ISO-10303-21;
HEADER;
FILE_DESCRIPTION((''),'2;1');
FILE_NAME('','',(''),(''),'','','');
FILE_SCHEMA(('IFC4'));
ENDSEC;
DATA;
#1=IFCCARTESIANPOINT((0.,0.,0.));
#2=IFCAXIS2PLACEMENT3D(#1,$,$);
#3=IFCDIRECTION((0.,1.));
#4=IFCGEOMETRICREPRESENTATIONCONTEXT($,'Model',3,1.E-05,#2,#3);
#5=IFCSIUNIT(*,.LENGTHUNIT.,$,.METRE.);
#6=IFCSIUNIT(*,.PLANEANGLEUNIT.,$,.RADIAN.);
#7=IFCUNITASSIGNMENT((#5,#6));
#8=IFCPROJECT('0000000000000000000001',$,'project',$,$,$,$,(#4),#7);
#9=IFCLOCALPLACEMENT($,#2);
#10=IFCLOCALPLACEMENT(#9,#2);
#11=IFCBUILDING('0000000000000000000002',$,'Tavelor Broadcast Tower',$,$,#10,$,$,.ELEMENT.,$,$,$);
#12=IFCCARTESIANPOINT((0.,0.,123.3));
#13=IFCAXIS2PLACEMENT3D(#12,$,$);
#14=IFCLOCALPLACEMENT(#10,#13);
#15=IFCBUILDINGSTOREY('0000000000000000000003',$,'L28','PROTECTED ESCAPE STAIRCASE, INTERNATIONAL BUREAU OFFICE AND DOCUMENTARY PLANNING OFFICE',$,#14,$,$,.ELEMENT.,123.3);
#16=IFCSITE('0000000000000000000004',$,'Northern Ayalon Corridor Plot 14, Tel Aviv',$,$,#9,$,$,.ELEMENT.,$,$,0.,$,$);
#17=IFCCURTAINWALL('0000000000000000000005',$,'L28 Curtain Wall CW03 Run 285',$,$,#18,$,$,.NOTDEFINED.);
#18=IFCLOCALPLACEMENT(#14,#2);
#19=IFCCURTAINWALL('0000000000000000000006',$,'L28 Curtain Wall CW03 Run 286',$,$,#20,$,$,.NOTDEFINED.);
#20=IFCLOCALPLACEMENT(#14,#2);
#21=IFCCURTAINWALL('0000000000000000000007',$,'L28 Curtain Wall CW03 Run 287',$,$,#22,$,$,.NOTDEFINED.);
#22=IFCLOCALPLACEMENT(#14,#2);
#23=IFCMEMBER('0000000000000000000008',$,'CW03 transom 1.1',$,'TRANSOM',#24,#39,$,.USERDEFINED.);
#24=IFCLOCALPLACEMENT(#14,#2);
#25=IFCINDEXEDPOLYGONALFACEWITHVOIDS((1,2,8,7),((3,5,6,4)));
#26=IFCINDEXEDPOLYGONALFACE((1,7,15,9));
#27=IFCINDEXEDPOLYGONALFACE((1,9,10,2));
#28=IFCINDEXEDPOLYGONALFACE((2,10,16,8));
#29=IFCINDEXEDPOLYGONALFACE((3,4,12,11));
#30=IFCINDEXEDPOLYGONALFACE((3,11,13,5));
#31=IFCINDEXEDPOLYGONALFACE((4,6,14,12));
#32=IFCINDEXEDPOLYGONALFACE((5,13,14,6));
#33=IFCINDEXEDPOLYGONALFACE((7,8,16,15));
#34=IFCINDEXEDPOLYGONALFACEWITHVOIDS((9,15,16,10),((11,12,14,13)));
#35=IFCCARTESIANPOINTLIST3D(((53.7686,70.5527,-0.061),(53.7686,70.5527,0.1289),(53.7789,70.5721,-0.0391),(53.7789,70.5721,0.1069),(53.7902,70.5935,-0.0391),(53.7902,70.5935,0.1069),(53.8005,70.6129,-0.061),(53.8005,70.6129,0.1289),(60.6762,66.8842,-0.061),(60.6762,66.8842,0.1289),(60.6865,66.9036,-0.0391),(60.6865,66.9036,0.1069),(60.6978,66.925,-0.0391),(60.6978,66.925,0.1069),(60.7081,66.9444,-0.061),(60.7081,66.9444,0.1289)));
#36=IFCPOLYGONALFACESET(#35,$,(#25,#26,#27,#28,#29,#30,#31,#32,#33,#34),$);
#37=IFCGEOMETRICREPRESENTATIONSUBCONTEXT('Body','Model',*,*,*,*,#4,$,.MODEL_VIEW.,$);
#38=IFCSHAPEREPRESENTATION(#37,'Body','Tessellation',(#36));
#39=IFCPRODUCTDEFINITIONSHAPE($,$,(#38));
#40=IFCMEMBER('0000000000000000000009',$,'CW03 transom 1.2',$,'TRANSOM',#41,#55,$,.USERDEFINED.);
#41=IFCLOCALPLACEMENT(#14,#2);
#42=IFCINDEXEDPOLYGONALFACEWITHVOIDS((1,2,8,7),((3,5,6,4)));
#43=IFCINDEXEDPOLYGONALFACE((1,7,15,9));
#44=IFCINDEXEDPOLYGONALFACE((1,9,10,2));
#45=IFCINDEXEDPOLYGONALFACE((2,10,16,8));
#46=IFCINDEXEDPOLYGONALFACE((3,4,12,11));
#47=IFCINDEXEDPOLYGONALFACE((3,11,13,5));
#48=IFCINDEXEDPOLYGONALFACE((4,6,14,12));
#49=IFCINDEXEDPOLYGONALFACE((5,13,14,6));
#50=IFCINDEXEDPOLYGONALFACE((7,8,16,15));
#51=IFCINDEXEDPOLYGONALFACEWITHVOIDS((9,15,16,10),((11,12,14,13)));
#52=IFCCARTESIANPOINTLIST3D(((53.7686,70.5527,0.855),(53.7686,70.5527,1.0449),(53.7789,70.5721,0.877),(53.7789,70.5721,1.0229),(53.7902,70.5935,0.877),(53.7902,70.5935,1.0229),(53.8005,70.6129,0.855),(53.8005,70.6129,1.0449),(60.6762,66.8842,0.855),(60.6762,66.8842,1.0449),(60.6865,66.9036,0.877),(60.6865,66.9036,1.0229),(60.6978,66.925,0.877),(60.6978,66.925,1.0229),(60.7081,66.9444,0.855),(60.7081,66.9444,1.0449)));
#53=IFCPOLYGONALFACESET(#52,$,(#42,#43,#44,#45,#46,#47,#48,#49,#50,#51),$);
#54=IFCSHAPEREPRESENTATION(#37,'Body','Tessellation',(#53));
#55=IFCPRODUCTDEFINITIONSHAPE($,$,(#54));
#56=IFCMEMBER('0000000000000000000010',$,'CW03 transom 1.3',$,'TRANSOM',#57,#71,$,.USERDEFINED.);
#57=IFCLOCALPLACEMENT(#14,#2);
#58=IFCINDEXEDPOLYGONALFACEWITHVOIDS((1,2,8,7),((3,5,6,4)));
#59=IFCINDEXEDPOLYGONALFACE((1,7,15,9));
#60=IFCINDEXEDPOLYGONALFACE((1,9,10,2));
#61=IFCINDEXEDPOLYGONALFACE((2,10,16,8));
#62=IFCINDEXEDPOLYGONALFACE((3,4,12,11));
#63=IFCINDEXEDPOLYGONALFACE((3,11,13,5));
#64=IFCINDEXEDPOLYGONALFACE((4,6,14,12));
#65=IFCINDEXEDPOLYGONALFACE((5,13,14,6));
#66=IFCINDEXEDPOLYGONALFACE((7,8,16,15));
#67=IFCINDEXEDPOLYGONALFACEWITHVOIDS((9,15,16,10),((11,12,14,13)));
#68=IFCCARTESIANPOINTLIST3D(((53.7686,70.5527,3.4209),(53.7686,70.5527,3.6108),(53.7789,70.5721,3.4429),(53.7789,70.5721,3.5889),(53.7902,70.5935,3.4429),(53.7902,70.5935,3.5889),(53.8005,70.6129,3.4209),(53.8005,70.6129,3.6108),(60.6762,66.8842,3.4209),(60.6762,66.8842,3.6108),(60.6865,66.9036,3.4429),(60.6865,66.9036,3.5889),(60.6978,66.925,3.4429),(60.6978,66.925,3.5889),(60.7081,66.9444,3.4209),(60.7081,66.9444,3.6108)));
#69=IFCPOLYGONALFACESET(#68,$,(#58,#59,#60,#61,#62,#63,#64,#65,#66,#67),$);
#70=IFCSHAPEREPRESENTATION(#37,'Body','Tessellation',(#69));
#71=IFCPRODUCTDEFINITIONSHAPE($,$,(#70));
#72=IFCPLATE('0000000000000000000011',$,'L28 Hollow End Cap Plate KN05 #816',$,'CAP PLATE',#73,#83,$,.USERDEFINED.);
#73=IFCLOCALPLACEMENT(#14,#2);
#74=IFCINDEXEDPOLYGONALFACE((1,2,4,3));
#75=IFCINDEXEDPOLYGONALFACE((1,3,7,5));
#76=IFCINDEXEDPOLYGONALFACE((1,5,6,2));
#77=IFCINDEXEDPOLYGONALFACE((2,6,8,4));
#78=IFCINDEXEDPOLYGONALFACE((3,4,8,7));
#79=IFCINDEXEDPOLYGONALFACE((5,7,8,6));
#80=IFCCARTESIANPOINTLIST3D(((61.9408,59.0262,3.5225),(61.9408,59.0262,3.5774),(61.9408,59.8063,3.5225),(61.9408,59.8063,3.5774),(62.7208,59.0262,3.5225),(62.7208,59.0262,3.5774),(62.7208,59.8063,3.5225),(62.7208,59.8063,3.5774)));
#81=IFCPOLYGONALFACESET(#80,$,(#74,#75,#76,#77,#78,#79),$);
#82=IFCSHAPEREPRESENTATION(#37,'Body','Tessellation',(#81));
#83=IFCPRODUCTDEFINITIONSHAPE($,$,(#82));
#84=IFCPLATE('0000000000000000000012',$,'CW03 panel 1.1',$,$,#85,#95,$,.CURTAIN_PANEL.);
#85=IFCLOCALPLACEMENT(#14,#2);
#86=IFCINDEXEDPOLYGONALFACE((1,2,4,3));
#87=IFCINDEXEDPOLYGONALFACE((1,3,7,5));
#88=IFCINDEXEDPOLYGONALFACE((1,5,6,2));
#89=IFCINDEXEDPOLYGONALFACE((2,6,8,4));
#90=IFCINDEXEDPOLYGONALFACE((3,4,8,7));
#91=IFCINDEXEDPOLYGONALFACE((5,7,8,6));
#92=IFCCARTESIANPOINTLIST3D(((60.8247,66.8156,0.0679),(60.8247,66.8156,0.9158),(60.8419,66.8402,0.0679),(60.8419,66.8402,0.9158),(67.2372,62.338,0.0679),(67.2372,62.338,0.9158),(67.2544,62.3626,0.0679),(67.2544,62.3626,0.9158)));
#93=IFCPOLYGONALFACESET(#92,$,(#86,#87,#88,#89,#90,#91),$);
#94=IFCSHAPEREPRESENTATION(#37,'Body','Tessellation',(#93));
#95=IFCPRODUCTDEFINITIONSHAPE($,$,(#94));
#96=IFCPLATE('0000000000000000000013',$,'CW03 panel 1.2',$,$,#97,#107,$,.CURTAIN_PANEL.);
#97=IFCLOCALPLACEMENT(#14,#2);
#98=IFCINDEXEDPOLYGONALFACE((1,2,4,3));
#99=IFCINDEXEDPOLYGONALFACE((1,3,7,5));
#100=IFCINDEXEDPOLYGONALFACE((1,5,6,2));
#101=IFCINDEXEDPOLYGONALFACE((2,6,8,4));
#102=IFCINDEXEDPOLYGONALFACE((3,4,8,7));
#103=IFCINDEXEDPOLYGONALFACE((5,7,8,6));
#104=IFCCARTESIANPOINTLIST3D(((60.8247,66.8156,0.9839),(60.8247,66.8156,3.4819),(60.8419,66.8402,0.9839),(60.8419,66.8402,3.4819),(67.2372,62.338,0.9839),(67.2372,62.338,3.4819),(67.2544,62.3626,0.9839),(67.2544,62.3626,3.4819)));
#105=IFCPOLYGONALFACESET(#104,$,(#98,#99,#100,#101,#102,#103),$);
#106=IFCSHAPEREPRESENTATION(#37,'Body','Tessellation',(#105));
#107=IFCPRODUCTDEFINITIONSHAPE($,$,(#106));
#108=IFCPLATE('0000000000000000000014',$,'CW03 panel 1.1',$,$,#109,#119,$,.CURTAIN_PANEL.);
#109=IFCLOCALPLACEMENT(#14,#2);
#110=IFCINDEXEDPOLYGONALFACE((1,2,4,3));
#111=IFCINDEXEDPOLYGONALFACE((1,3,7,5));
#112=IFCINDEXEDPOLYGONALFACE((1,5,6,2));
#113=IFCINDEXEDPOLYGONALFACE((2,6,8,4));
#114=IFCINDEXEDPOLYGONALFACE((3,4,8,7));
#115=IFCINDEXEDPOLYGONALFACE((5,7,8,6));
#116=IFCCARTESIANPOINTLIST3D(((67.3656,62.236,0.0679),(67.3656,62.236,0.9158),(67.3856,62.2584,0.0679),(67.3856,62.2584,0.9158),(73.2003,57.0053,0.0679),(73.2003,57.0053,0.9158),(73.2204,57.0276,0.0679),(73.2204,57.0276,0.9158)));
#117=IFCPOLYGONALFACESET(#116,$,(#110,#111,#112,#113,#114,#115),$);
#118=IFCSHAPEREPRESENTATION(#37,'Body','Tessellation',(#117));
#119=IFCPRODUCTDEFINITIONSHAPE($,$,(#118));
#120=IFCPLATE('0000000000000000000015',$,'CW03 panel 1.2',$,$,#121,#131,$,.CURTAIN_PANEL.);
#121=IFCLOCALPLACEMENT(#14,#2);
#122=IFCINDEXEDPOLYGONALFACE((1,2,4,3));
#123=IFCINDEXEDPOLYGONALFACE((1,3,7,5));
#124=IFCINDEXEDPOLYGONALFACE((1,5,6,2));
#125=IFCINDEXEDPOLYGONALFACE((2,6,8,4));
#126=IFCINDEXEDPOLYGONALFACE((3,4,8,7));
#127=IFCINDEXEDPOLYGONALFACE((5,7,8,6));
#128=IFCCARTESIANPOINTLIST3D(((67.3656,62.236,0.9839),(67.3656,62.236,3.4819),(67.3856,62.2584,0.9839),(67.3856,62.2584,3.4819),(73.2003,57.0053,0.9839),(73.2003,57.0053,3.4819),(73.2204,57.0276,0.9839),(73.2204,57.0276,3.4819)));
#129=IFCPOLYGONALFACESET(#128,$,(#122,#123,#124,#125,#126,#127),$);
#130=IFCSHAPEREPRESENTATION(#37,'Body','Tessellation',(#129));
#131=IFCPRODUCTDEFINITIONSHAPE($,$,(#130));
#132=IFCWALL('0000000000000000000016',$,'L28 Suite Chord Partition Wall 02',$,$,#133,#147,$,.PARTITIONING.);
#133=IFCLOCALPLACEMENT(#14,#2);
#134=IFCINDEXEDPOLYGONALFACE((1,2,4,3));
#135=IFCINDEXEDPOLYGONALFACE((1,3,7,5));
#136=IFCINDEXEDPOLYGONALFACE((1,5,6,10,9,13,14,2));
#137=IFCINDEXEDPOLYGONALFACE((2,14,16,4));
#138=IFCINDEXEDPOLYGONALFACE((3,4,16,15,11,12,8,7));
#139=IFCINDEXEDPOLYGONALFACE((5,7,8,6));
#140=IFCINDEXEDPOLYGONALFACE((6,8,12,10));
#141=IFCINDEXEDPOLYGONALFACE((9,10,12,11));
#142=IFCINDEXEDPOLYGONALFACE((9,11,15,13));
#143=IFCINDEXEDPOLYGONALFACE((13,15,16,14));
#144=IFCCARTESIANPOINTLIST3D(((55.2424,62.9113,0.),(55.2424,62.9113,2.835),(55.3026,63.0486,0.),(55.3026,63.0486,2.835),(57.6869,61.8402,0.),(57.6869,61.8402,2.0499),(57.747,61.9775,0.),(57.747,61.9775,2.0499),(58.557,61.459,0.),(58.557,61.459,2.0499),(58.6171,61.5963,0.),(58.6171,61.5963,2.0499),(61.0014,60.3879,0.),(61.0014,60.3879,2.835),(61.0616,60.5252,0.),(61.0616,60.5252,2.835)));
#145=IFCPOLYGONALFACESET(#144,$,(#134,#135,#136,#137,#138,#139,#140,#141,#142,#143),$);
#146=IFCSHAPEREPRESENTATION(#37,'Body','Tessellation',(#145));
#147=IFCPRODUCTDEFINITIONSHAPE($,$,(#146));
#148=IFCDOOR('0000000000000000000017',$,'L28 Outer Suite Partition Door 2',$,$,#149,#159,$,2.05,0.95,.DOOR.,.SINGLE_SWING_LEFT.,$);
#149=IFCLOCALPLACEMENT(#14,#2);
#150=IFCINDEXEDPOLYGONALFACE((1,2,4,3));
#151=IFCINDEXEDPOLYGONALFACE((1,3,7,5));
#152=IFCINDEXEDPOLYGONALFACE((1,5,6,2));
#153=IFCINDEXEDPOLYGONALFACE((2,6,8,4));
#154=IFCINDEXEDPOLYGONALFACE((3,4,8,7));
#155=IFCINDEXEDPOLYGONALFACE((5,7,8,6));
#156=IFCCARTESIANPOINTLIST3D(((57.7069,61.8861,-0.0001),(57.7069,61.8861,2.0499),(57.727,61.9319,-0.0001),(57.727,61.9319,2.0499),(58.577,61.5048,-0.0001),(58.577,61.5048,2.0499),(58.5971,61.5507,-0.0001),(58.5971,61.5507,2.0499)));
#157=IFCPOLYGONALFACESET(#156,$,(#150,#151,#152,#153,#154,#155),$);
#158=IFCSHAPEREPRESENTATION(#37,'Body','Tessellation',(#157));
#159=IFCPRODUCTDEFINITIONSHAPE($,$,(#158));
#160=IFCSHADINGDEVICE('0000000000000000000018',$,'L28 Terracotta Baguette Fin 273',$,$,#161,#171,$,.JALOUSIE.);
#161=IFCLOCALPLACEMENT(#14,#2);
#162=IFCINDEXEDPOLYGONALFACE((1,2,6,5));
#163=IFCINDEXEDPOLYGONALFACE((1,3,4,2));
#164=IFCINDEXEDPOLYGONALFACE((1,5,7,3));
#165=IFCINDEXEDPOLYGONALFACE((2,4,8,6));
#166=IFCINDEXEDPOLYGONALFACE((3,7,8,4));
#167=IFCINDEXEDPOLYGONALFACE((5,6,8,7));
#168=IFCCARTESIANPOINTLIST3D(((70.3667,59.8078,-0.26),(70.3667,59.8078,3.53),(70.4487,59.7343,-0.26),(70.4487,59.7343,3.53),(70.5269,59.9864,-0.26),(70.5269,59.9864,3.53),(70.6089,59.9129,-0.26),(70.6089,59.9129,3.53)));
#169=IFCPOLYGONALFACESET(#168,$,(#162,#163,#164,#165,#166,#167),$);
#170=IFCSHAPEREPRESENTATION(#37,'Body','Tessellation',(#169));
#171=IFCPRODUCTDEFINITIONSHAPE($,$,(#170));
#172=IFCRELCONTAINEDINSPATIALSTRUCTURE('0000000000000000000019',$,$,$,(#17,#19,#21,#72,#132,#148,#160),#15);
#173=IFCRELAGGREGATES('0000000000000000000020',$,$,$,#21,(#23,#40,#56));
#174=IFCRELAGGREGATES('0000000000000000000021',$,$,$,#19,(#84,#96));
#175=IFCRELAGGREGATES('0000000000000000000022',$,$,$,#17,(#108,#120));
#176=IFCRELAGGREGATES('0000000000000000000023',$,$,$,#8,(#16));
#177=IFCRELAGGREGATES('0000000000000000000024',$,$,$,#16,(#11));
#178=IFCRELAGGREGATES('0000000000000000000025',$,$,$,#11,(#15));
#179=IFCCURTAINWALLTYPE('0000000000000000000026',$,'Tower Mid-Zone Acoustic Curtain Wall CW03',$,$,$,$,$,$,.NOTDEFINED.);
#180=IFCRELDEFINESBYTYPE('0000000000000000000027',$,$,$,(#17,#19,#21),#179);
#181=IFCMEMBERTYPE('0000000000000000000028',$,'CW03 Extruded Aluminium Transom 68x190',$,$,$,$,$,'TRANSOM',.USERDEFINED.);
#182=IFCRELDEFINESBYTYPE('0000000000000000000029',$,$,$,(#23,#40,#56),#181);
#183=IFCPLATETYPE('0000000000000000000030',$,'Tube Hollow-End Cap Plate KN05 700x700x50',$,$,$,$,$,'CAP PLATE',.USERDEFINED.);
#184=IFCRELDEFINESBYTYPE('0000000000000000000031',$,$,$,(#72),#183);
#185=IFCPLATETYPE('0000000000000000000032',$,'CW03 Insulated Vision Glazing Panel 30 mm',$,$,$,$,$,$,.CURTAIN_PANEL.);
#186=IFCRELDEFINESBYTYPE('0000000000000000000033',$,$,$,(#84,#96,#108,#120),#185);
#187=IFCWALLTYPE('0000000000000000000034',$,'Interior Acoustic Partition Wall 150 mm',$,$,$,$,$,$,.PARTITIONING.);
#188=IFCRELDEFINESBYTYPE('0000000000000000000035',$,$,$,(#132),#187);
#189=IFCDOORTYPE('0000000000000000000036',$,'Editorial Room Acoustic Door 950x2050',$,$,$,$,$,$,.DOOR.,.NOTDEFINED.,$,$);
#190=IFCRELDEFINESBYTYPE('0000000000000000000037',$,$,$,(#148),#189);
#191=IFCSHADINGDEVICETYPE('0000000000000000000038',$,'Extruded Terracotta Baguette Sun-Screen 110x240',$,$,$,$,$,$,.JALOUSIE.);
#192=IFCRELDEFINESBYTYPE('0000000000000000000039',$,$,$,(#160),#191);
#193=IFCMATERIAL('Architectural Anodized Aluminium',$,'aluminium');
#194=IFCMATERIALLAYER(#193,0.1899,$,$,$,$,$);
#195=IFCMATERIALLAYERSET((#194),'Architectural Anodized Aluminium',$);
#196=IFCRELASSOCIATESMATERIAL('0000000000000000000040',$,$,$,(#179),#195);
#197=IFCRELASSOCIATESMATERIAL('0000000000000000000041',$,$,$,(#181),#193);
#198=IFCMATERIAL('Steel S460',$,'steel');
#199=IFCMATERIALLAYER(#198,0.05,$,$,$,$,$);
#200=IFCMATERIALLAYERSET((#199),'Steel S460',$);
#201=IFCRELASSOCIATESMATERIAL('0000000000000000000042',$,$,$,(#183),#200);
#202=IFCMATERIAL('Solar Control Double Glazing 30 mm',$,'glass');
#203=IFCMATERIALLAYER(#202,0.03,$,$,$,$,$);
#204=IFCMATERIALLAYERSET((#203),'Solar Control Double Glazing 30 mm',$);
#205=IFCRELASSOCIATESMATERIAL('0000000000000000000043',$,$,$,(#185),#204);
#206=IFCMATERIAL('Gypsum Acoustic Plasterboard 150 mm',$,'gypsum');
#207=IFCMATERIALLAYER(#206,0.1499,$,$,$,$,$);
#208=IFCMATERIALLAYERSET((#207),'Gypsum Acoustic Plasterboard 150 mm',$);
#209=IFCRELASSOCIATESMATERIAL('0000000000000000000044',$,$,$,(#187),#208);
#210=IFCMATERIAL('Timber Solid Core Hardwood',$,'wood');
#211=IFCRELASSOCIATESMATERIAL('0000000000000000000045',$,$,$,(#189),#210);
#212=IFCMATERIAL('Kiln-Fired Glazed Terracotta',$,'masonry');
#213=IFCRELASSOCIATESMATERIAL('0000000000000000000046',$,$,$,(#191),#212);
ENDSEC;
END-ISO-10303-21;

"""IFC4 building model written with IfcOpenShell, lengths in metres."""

from ifc_helpers import new_model, si_unit, direction, frame, frame_2d, origin, origin_2d, place, context, subcontext, project, spatial, rectangle, hollow_rectangle, extrude, source, transform, mapped, material, layer, layer_set, material_profile, profile_set, type_object, type_shapes, element, fill, aggregate, save


model = new_model("IFC4")

# Units and contexts
model_context = context("Model", 3, precision=1e-05, world=origin(), true_north=direction((0.0, 1.0)))
body_context = subcontext(model_context, "Body", "Model", "MODEL_VIEW")
ifc_project = project(units=[si_unit("LENGTHUNIT", "METRE"), si_unit("PLANEANGLEUNIT", "RADIAN")], contexts=[model_context])

# Site, building, storey
site_placement = place(None, origin())
site = spatial("IfcSite", under=ifc_project, at=site_placement, Name="Northern Ayalon Corridor Plot 14, Tel Aviv", CompositionType="ELEMENT", RefElevation=0.0)
building_placement = place(site_placement, origin())
building = spatial("IfcBuilding", under=site, at=building_placement, Name="Tavelor Broadcast Tower", CompositionType="ELEMENT")
storey_placement = place(building_placement, frame((0.0, 0.0, 123.3)))
storey = spatial("IfcBuildingStorey", under=building, at=storey_placement, Name="L28", Description="PROTECTED ESCAPE STAIRCASE, INTERNATIONAL BUREAU OFFICE AND DOCUMENTARY PLANNING OFFICE", CompositionType="ELEMENT", Elevation=123.3)

# Shared definitions
ifc_material_1 = material(Name="Steel S460", Category="steel")

# Curtain wall
ifc_material_2 = material(Name="Architectural Anodized Aluminium", Category="aluminium")
ifc_layer_1 = layer(ifc_material_2, 0.1899)
ifc_layer_set_1 = layer_set([ifc_layer_1], Name="Architectural Anodized Aluminium")
curtain_wall_type = type_object("IfcCurtainWallType", Name="Tower Mid-Zone Acoustic Curtain Wall CW03", PredefinedType="NOTDEFINED", material=ifc_layer_set_1)
curtain_wall_1_placement = place(storey_placement, origin())
curtain_wall_1 = element("IfcCurtainWall", 1, at=curtain_wall_1_placement, inside=storey, type_object=curtain_wall_type, Name="L28 Curtain Wall CW03 Run 285", PredefinedType="NOTDEFINED")

# Curtain wall
curtain_wall_2_placement = place(storey_placement, origin())
curtain_wall_2 = element("IfcCurtainWall", 2, at=curtain_wall_2_placement, inside=storey, type_object=curtain_wall_type, Name="L28 Curtain Wall CW03 Run 286", PredefinedType="NOTDEFINED")

# Curtain wall
curtain_wall_3_placement = place(storey_placement, origin())
curtain_wall_3 = element("IfcCurtainWall", 3, at=curtain_wall_3_placement, inside=storey, type_object=curtain_wall_type, Name="L28 Curtain Wall CW03 Run 287", PredefinedType="NOTDEFINED")

# Members
ifc_material_profile_1 = material_profile(ifc_material_2, hollow_rectangle(XDim=0.0681, YDim=0.1899, WallThickness=0.022, at=origin_2d()), Name="RHS 68x190x22")
ifc_profile_set_1 = profile_set([ifc_material_profile_1], Name="Architectural Anodized Aluminium")
member_type_1 = type_object("IfcMemberType", Name="CW03 Extruded Aluminium Transom 68x190", ElementType="TRANSOM", PredefinedType="USERDEFINED", material=ifc_profile_set_1)
shared_shape_1 = source(origin(), body_context, "Body", "SweptSolid", [
    extrude(hollow_rectangle(XDim=0.0681, YDim=0.1899, WallThickness=0.022, at=origin_2d()), origin(), (0.0, 0.0, 1.0), 7.8213),
])
member_1_placement = place(storey_placement, frame((60.6921, 66.9143, 0.0339), z_axis=(-0.883176, 0.469042, 0.0), x_axis=(-0.469042, -0.883176, 0.0)))
member_1 = element("IfcMember", 4, at=member_1_placement, type_object=member_type_1, Name="CW03 transom 1.1", ObjectType="TRANSOM", PredefinedType="USERDEFINED", context=body_context, shape_type="MappedRepresentation", body=[
    mapped(shared_shape_1, transform((0.0, 0.0, 0.0), scale=1.0)),
])
member_2_placement = place(storey_placement, frame((60.6921, 66.9143, 0.95), z_axis=(-0.883176, 0.469042, 0.0), x_axis=(-0.469042, -0.883176, 0.0)))
member_2 = element("IfcMember", 5, at=member_2_placement, type_object=member_type_1, Name="CW03 transom 1.2", ObjectType="TRANSOM", PredefinedType="USERDEFINED", context=body_context, shape_type="MappedRepresentation", body=[
    mapped(shared_shape_1, transform((0.0, 0.0, 0.0), scale=1.0)),
])
member_3_placement = place(storey_placement, frame((60.6921, 66.9143, 3.5159), z_axis=(-0.883176, 0.469042, 0.0), x_axis=(-0.469042, -0.883176, 0.0)))
member_3 = element("IfcMember", 6, at=member_3_placement, type_object=member_type_1, Name="CW03 transom 1.3", ObjectType="TRANSOM", PredefinedType="USERDEFINED", context=body_context, shape_type="MappedRepresentation", body=[
    mapped(shared_shape_1, transform((0.0, 0.0, 0.0), scale=1.0)),
])
aggregate(curtain_wall_3, [member_1, member_2, member_3])

# Plates
ifc_layer_2 = layer(ifc_material_1, 0.05)
ifc_layer_set_2 = layer_set([ifc_layer_2], Name="Steel S460")
plate_type_1 = type_object("IfcPlateType", Name="Tube Hollow-End Cap Plate KN05 700x700x50", ElementType="CAP PLATE", PredefinedType="USERDEFINED", material=ifc_layer_set_2)
shared_shape_2 = source(origin(), body_context, "Body", "SweptSolid", [
    extrude(rectangle(XDim=0.78, YDim=0.78, at=origin_2d()), origin(), (0.0, 0.0, 1.0), 0.0549),
])
type_shapes(plate_type_1, [shared_shape_2])
plate_1_placement = place(storey_placement, frame((62.3308, 59.4163, 3.5225), z_axis=(0.0, 0.0, 1.0), x_axis=(1.0, 0.0, 0.0)))
element("IfcPlate", 7, at=plate_1_placement, inside=storey, type_object=plate_type_1, Name="L28 Hollow End Cap Plate KN05 #816", ObjectType="CAP PLATE", PredefinedType="USERDEFINED", context=body_context, shape_type="MappedRepresentation", body=[
    mapped(shared_shape_2, transform((0.0, 0.0, 0.0), scale=1.0)),
])
ifc_material_3 = material(Name="Solar Control Double Glazing 30 mm", Category="glass")
ifc_layer_3 = layer(ifc_material_3, 0.03)
ifc_layer_set_3 = layer_set([ifc_layer_3], Name="Solar Control Double Glazing 30 mm")
plate_type_2 = type_object("IfcPlateType", Name="CW03 Insulated Vision Glazing Panel 30 mm", PredefinedType="CURTAIN_PANEL", material=ifc_layer_set_3)
shared_shape_3 = source(origin(), body_context, "Body", "SweptSolid", [
    extrude(rectangle(XDim=7.821, YDim=0.03, at=origin_2d()), origin(), (0.0, 0.0, 1.0), 0.8479),
])
plate_2_placement = place(storey_placement, frame((64.0396, 64.5891, 0.0679), z_axis=(0.0, 0.0, 1.0), x_axis=(-0.819904, 0.5725, 0.0)))
plate_2 = element("IfcPlate", 8, at=plate_2_placement, type_object=plate_type_2, Name="CW03 panel 1.1", PredefinedType="CURTAIN_PANEL", context=body_context, shape_type="MappedRepresentation", body=[
    mapped(shared_shape_3, transform((0.0, 0.0, 0.0), scale=1.0)),
])
shared_shape_4 = source(origin(), body_context, "Body", "SweptSolid", [
    extrude(rectangle(XDim=7.821, YDim=0.03, at=origin_2d()), origin(), (0.0, 0.0, 1.0), 2.498),
])
plate_3_placement = place(storey_placement, frame((64.0396, 64.5891, 0.9839), z_axis=(0.0, 0.0, 1.0), x_axis=(-0.819904, 0.5725, 0.0)))
plate_3 = element("IfcPlate", 9, at=plate_3_placement, type_object=plate_type_2, Name="CW03 panel 1.2", PredefinedType="CURTAIN_PANEL", context=body_context, shape_type="MappedRepresentation", body=[
    mapped(shared_shape_4, transform((0.0, 0.0, 0.0), scale=1.0)),
])
aggregate(curtain_wall_2, [plate_2, plate_3])
shared_shape_5 = source(origin(), body_context, "Body", "SweptSolid", [
    extrude(rectangle(XDim=7.8362, YDim=0.03, at=origin_2d()), origin(), (0.0, 0.0, 1.0), 0.8479),
])
plate_4_placement = place(storey_placement, frame((70.293, 59.6318, 0.0679), z_axis=(0.0, 0.0, 1.0), x_axis=(-0.744596, 0.667515, 0.0)))
plate_4 = element("IfcPlate", 10, at=plate_4_placement, type_object=plate_type_2, Name="CW03 panel 1.1", PredefinedType="CURTAIN_PANEL", context=body_context, shape_type="MappedRepresentation", body=[
    mapped(shared_shape_5, transform((0.0, 0.0, 0.0), scale=1.0)),
])
shared_shape_6 = source(origin(), body_context, "Body", "SweptSolid", [
    extrude(rectangle(XDim=7.8362, YDim=0.03, at=origin_2d()), origin(), (0.0, 0.0, 1.0), 2.498),
])
type_shapes(plate_type_2, [shared_shape_3, shared_shape_4, shared_shape_5, shared_shape_6])
plate_5_placement = place(storey_placement, frame((70.293, 59.6318, 0.9839), z_axis=(0.0, 0.0, 1.0), x_axis=(-0.744596, 0.667515, 0.0)))
plate_5 = element("IfcPlate", 11, at=plate_5_placement, type_object=plate_type_2, Name="CW03 panel 1.2", PredefinedType="CURTAIN_PANEL", context=body_context, shape_type="MappedRepresentation", body=[
    mapped(shared_shape_6, transform((0.0, 0.0, 0.0), scale=1.0)),
])
aggregate(curtain_wall_1, [plate_4, plate_5])

# Wall, opening, door
ifc_material_4 = material(Name="Gypsum Acoustic Plasterboard 150 mm", Category="gypsum")
ifc_layer_4 = layer(ifc_material_4, 0.1499)
ifc_layer_set_4 = layer_set([ifc_layer_4], Name="Gypsum Acoustic Plasterboard 150 mm")
wall_type = type_object("IfcWallType", Name="Interior Acoustic Partition Wall 150 mm", PredefinedType="PARTITIONING", material=ifc_layer_set_4)
wall_placement = place(storey_placement, frame((61.0315, 60.4565, 0.0), z_axis=(0.0, 0.0, 1.0), x_axis=(-0.915932, 0.401334, 0.0)))
wall = element("IfcWall", 12, at=wall_placement, inside=storey, type_object=wall_type, Name="L28 Suite Chord Partition Wall 02", PredefinedType="PARTITIONING", context=body_context, shape_type="SweptSolid", body=[
    extrude(rectangle(XDim=6.2876, YDim=0.1499, at=frame_2d((3.1438, 0.0))), origin(), (0.0, 0.0, 1.0), 2.835),
])
opening_placement = place(wall_placement, frame((2.6687, 0.0, 0.0)))
opening = element("IfcOpeningElement", 13, at=opening_placement, cuts=wall, PredefinedType="OPENING", context=body_context, shape_type="SweptSolid", body=[
    extrude(rectangle(XDim=0.95, YDim=2.05, at=frame_2d((0.4751, 1.0249))), frame((0.0, 0.085, 0.0), z_axis=(0.0, -1.0, 0.0), x_axis=(1.0, 0.0, 0.0)), (0.0, 0.0, 1.0), 0.1699),
])
ifc_material_5 = material(Name="Timber Solid Core Hardwood", Category="wood")
door_type = type_object("IfcDoorType", Name="Editorial Room Acoustic Door 950x2050", OperationType="NOTDEFINED", PredefinedType="DOOR", material=ifc_material_5)
door_placement = place(opening_placement, origin())
door = element("IfcDoor", 14, at=door_placement, inside=storey, type_object=door_type, Name="L28 Outer Suite Partition Door 2", OperationType="SINGLE_SWING_LEFT", OverallHeight=2.05, OverallWidth=0.95, PredefinedType="DOOR", context=body_context, shape_type="SweptSolid", body=[
    extrude(rectangle(XDim=0.95, YDim=2.05, at=frame_2d((0.4751, 1.0249))), frame((0.0, 0.0249, 0.0), z_axis=(0.0, -1.0, 0.0), x_axis=(1.0, 0.0, 0.0)), (0.0, 0.0, 1.0), 0.05),
])
fill(opening, door)

# Shading device
ifc_material_6 = material(Name="Kiln-Fired Glazed Terracotta", Category="masonry")
shading_device_type = type_object("IfcShadingDeviceType", Name="Extruded Terracotta Baguette Sun-Screen 110x240", PredefinedType="JALOUSIE", material=ifc_material_6)
shared_shape_7 = source(origin(), body_context, "Body", "SweptSolid", [
    extrude(rectangle(XDim=0.1101, YDim=0.24, at=origin_2d()), origin(), (0.0, 0.0, 1.0), 3.79),
])
type_shapes(shading_device_type, [shared_shape_7])
for number, where, z_axis, x_axis, name in (
    (15, (70.4878, 59.8604, -0.26), (0.0, 0.0, 1.0), (-0.744545, 0.667573, 0.0), "L28 Terracotta Baguette Fin 273"),
):
    element("IfcShadingDevice", number, at=place(storey_placement, frame(where, z_axis=z_axis, x_axis=x_axis)), inside=storey, type_object=shading_device_type, Name=name, PredefinedType="JALOUSIE", context=body_context, shape_type="MappedRepresentation", body=[
        mapped(shared_shape_7, transform((0.0, 0.0, 0.0), scale=1.0)),
    ])

save(model, "model.ifc")
